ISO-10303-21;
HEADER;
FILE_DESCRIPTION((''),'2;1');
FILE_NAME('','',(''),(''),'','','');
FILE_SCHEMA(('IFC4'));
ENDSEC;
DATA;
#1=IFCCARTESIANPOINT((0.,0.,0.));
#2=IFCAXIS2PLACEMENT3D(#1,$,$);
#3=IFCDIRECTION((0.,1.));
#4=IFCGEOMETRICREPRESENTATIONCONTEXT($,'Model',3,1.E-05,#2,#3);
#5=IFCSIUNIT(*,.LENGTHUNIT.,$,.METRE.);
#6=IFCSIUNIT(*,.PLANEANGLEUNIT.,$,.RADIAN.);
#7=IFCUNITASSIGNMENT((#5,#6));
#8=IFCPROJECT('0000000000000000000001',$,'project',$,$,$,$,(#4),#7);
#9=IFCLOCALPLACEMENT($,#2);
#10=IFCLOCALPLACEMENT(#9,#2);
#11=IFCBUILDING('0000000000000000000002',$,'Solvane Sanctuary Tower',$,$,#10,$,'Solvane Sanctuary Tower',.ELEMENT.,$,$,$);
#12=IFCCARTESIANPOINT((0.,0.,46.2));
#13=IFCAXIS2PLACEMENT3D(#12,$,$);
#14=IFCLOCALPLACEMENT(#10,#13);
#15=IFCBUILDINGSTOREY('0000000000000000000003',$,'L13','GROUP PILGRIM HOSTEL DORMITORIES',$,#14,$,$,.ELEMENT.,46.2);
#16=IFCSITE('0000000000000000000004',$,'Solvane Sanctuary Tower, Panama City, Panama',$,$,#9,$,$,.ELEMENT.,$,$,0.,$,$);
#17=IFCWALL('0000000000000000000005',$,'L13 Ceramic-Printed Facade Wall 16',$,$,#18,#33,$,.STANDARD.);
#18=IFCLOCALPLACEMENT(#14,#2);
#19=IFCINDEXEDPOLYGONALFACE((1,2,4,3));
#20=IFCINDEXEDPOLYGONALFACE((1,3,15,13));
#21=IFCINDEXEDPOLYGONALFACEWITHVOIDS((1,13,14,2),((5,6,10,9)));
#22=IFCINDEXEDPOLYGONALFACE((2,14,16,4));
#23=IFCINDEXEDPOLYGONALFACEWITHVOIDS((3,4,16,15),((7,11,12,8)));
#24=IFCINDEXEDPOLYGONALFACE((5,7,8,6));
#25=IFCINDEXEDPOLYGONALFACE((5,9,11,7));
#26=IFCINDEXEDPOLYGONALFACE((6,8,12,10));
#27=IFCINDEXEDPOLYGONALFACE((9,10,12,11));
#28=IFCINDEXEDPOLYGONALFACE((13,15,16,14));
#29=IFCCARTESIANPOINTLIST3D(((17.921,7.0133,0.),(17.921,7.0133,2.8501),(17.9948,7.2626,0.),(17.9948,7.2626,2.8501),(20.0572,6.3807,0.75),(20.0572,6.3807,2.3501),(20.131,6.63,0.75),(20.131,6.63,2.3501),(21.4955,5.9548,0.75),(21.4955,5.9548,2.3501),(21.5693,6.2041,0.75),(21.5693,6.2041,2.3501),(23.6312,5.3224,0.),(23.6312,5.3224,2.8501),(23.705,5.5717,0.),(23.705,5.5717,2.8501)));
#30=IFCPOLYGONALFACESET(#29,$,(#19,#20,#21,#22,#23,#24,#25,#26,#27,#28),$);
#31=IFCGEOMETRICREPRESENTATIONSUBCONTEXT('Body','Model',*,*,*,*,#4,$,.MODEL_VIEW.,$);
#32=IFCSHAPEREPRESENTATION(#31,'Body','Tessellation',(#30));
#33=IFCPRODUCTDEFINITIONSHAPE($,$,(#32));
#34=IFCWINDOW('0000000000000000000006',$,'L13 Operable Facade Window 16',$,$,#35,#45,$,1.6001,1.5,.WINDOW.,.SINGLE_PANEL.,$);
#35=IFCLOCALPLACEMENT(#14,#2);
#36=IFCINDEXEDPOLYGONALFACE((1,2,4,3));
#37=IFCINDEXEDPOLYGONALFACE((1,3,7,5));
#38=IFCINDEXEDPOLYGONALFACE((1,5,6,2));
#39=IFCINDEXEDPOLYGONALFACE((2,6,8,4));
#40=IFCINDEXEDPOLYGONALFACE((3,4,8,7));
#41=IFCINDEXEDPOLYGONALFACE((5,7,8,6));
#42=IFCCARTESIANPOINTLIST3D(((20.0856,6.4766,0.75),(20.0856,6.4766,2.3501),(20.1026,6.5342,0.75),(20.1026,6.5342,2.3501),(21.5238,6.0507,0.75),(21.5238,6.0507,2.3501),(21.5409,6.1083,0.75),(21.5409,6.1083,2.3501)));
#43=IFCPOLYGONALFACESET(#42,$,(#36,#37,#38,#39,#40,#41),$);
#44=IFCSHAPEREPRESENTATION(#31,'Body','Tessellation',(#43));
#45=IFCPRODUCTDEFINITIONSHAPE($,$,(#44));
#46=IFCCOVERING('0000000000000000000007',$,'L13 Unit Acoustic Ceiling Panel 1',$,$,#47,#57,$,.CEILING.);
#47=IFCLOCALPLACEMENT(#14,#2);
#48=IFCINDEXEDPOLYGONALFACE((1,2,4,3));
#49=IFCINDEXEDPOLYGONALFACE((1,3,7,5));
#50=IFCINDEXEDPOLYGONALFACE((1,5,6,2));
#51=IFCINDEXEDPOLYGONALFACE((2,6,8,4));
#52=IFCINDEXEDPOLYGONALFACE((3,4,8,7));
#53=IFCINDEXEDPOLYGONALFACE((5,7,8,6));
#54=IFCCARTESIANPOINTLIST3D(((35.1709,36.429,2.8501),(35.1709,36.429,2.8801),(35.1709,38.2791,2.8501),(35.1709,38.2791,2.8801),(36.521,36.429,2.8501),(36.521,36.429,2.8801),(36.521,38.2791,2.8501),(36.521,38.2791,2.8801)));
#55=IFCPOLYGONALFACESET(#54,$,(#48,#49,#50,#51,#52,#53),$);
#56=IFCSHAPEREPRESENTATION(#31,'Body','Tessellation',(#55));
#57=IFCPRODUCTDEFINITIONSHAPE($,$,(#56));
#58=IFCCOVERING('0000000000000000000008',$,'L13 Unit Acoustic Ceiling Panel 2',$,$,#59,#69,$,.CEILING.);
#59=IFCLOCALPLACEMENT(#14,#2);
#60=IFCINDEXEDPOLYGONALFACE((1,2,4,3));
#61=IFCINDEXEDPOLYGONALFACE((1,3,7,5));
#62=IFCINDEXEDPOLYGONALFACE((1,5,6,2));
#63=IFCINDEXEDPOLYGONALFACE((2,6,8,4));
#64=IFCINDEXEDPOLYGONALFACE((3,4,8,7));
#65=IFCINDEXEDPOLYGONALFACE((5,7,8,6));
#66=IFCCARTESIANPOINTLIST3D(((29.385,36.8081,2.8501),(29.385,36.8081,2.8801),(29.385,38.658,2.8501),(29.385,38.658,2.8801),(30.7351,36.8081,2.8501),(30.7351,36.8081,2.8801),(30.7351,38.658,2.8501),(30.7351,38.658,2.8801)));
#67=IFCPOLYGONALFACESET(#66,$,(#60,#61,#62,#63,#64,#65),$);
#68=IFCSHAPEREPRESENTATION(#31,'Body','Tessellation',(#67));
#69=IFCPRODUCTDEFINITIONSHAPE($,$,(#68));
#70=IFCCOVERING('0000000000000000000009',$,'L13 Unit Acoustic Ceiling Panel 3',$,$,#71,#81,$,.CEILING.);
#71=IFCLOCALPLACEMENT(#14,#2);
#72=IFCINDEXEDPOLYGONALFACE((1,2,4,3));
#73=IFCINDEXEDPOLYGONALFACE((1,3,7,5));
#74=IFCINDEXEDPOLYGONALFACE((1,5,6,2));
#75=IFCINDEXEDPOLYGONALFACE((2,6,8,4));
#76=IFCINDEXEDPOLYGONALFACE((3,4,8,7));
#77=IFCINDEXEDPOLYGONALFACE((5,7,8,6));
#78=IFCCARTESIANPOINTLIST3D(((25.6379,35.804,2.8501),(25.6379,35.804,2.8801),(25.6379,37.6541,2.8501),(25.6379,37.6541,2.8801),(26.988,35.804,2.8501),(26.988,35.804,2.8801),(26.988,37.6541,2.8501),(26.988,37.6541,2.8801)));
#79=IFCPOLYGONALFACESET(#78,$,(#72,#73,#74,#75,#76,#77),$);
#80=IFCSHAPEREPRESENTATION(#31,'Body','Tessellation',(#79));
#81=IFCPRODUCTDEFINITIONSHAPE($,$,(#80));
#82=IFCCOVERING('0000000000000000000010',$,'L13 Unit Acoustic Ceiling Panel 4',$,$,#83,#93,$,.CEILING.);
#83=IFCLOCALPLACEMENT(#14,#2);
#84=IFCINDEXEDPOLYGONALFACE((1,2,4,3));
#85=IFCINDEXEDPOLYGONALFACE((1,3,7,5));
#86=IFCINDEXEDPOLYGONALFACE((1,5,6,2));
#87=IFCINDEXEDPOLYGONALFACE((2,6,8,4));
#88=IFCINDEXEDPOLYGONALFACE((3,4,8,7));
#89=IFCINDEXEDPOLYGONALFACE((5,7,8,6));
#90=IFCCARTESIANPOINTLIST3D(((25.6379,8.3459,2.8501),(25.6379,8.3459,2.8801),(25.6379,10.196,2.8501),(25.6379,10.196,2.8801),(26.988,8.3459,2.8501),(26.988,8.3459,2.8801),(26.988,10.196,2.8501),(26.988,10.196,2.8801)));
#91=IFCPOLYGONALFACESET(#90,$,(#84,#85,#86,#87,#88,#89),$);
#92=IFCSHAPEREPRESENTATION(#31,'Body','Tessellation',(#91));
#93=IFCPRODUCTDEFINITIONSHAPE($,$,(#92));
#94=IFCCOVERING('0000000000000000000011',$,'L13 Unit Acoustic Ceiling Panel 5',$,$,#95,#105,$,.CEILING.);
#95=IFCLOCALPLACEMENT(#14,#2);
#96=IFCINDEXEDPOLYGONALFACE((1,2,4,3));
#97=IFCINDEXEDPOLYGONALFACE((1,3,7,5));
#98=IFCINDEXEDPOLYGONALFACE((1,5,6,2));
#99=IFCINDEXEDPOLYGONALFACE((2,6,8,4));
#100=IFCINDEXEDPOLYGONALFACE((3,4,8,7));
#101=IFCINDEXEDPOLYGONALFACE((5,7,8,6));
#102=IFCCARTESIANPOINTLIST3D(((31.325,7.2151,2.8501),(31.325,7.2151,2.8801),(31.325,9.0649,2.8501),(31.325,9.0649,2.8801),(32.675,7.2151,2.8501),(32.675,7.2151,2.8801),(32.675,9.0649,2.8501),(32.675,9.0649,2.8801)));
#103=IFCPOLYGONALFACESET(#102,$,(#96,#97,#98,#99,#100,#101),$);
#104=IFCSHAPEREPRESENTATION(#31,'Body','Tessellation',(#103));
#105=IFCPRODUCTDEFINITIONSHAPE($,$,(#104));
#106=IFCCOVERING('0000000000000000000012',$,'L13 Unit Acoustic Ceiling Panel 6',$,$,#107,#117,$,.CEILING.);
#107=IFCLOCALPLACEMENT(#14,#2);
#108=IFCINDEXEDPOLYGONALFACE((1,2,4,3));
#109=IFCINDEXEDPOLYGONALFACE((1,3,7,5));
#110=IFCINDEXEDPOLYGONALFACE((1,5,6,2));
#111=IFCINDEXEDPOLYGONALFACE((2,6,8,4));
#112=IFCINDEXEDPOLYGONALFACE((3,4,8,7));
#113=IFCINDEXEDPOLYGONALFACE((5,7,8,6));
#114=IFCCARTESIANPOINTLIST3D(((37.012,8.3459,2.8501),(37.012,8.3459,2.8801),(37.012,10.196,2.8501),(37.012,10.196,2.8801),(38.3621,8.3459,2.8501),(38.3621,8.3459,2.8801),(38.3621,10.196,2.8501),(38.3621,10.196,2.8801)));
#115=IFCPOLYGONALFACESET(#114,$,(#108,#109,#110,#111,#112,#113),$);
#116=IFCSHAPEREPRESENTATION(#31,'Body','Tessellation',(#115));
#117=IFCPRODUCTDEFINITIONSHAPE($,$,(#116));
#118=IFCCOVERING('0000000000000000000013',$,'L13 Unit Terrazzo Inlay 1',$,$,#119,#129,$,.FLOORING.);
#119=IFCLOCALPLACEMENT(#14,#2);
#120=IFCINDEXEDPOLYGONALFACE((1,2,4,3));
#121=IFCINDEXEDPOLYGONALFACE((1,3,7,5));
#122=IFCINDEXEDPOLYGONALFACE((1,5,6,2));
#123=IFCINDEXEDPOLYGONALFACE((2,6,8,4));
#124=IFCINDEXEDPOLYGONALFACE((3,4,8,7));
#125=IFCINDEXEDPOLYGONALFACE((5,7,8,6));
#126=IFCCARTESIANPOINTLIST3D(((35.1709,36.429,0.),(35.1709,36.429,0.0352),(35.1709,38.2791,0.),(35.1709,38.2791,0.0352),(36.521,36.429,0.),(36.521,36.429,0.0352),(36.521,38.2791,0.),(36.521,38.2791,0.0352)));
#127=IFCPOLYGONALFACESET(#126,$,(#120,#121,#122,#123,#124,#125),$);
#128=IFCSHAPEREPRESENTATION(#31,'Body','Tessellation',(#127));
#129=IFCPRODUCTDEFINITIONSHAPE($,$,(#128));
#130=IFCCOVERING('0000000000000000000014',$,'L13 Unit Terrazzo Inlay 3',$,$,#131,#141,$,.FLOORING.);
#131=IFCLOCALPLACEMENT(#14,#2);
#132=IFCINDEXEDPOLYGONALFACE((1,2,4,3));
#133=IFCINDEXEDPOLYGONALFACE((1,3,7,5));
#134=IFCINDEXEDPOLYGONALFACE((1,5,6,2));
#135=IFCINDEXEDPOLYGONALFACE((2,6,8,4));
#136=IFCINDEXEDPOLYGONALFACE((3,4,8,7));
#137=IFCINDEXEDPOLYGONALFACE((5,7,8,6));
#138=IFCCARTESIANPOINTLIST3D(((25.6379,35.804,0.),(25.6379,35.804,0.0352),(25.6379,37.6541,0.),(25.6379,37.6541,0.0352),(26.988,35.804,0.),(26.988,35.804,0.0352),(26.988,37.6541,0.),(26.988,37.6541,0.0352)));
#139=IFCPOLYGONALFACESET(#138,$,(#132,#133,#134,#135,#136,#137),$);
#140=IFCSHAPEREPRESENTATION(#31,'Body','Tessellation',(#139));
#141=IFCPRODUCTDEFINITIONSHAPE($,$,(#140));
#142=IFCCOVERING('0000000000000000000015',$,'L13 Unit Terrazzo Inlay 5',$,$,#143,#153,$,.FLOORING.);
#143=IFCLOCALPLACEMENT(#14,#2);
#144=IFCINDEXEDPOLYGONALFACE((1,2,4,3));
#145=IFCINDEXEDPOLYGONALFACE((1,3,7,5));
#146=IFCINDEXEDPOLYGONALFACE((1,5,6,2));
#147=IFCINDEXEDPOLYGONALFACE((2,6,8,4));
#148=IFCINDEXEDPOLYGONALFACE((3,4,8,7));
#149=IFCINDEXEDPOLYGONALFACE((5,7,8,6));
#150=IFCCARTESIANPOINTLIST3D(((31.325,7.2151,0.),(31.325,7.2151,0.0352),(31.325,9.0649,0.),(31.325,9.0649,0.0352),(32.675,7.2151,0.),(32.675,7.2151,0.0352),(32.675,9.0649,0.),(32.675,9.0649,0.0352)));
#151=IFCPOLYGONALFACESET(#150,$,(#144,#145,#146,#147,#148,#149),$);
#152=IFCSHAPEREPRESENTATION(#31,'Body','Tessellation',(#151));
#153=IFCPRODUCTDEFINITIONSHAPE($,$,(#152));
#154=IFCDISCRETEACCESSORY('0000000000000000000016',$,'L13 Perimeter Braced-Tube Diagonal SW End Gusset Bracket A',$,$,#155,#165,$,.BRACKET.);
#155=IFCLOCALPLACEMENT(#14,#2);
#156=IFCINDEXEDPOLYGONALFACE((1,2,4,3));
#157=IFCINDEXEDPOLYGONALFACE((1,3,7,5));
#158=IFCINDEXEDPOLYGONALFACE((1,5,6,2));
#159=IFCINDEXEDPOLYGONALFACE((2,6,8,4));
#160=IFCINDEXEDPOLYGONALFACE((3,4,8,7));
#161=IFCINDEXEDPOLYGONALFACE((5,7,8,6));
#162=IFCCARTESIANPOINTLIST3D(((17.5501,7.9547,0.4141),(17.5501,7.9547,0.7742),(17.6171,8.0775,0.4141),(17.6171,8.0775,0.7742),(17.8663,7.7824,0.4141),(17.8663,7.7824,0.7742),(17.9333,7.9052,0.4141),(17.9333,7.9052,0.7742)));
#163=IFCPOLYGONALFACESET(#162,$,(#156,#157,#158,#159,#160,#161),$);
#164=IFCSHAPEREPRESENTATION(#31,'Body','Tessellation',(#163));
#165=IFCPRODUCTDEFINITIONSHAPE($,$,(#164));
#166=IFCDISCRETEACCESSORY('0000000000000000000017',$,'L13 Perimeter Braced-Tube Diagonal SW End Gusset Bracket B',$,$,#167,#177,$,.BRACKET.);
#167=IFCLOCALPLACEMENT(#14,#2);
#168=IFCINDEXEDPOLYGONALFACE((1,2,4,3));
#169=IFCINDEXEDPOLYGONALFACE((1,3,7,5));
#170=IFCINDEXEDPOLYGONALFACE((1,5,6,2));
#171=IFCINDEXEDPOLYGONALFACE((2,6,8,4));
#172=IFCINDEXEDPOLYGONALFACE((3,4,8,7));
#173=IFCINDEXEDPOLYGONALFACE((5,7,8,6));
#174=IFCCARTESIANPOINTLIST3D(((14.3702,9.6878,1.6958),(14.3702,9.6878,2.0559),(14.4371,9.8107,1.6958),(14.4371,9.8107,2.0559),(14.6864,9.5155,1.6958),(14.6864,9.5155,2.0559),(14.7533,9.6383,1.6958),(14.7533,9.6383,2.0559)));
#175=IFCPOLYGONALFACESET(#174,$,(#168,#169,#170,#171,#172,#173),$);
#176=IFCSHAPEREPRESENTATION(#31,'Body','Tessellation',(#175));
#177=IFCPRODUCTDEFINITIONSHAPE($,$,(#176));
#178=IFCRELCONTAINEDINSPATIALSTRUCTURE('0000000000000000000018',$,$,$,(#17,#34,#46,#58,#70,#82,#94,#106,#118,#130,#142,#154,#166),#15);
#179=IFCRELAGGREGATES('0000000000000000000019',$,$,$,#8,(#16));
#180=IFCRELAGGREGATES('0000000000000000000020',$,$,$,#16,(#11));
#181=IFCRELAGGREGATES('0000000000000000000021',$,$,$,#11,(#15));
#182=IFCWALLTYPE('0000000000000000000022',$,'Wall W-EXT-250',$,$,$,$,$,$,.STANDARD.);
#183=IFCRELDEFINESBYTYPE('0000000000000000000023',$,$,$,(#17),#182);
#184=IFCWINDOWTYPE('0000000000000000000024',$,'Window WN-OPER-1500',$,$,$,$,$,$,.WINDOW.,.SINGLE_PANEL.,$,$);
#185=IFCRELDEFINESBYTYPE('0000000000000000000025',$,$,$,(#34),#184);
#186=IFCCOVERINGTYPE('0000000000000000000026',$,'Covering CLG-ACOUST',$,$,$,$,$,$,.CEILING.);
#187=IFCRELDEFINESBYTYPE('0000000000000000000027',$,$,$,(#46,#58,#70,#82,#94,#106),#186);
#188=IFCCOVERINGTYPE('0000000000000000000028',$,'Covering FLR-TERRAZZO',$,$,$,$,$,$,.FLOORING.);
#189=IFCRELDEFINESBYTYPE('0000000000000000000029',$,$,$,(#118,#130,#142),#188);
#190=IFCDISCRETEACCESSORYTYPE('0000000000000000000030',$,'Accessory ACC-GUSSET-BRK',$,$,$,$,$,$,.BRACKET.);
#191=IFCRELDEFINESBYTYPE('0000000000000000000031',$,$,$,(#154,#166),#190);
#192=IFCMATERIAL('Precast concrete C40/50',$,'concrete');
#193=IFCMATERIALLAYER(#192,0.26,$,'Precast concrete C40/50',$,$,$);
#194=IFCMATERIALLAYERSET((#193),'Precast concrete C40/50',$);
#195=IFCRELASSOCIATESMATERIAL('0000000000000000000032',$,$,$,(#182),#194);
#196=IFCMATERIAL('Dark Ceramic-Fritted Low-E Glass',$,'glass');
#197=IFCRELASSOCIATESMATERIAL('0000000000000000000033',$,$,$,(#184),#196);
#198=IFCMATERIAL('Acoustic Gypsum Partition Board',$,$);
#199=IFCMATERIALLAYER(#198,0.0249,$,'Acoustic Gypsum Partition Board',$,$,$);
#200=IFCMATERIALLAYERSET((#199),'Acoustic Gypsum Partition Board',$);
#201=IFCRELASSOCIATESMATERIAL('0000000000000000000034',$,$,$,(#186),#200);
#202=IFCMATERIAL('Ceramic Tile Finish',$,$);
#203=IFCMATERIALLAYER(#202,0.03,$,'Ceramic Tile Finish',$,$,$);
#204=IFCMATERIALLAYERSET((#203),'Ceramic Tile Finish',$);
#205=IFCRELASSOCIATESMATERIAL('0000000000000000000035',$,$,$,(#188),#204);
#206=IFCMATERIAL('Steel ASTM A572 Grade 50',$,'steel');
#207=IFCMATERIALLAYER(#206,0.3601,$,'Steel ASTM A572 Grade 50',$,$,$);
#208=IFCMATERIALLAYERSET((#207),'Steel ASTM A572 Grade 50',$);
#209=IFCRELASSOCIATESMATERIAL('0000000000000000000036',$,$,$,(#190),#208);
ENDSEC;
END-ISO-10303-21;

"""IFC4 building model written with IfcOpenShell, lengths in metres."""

from ifc_helpers import new_model, si_unit, direction, frame, frame_2d, origin, origin_2d, place, context, subcontext, project, spatial, polyline, rectangle, outline, extrude, material, layer, layer_set, type_object, element, fill, save


model = new_model("IFC4")

# Units and contexts
model_context = context("Model", 3, precision=1e-05, world=origin(), true_north=direction((0.0, 1.0)))
body_context = subcontext(model_context, "Body", "Model", "MODEL_VIEW")
ifc_project = project(units=[si_unit("LENGTHUNIT", "METRE"), si_unit("PLANEANGLEUNIT", "RADIAN")], contexts=[model_context])

# Site, building, storey
site_placement = place(None, origin())
site = spatial("IfcSite", under=ifc_project, at=site_placement, Name="Solvane Sanctuary Tower, Panama City, Panama", CompositionType="ELEMENT", RefElevation=0.0)
building_placement = place(site_placement, origin())
building = spatial("IfcBuilding", under=site, at=building_placement, Name="Solvane Sanctuary Tower", LongName="Solvane Sanctuary Tower", CompositionType="ELEMENT")
storey_placement = place(building_placement, frame((0.0, 0.0, 46.2)))
storey = spatial("IfcBuildingStorey", under=building, at=storey_placement, Name="L13", Description="GROUP PILGRIM HOSTEL DORMITORIES", CompositionType="ELEMENT", Elevation=46.2)

# Shared definitions
ifc_material_1 = material(Name="Precast concrete C40/50", Category="concrete")
ifc_layer_1 = layer(ifc_material_1, 0.26, Name="Precast concrete C40/50")
ifc_layer_set_1 = layer_set([ifc_layer_1], Name="Precast concrete C40/50")
wall_type = type_object("IfcWallType", Name="Wall W-EXT-250", PredefinedType="STANDARD", material=ifc_layer_set_1)

# Wall, opening, window
wall_1_placement = place(storey_placement, frame((17.958, 7.1379, 0.0), z_axis=(0.0, 0.0, 1.0), x_axis=(0.958844, -0.283935, 0.0)))
wall_1 = element("IfcWall", 1, at=wall_1_placement, inside=storey, type_object=wall_type, Name="L13 Ceramic-Printed Facade Wall 16", PredefinedType="STANDARD", context=body_context, shape_type="SweptSolid", body=[
    extrude(rectangle(XDim=5.9553, YDim=0.26, at=frame_2d((2.9775, 0.0))), origin(), (0.0, 0.0, 1.0), 2.8501),
])
opening_placement = place(wall_1_placement, frame((2.2278, 0.0, 0.75)))
opening = element("IfcOpeningElement", 2, at=opening_placement, cuts=wall_1, PredefinedType="OPENING", context=body_context, shape_type="SweptSolid", body=[
    extrude(rectangle(XDim=1.5, YDim=1.6001, at=frame_2d((0.75, 0.8))), frame((0.0, 0.1399, 0.0), z_axis=(0.0, -1.0, 0.0), x_axis=(1.0, 0.0, 0.0)), (0.0, 0.0, 1.0), 0.28),
])
ifc_material_2 = material(Name="Dark Ceramic-Fritted Low-E Glass", Category="glass")
window_type = type_object("IfcWindowType", Name="Window WN-OPER-1500", PartitioningType="SINGLE_PANEL", PredefinedType="WINDOW", material=ifc_material_2)
window_placement = place(opening_placement, origin())
window = element("IfcWindow", 3, at=window_placement, inside=storey, type_object=window_type, Name="L13 Operable Facade Window 16", OverallHeight=1.6001, OverallWidth=1.5, PartitioningType="SINGLE_PANEL", PredefinedType="WINDOW", context=body_context, shape_type="SweptSolid", body=[
    extrude(rectangle(XDim=1.5, YDim=1.6001, at=frame_2d((0.75, 0.8))), frame((0.0, 0.03, 0.0), z_axis=(0.0, -1.0, 0.0), x_axis=(1.0, 0.0, 0.0)), (0.0, 0.0, 1.0), 0.0601),
])
fill(opening, window)

# Coverings
ifc_material_3 = material(Name="Acoustic Gypsum Partition Board")
ifc_layer_2 = layer(ifc_material_3, 0.0249, Name="Acoustic Gypsum Partition Board")
ifc_layer_set_2 = layer_set([ifc_layer_2], Name="Acoustic Gypsum Partition Board")
covering_type_1 = type_object("IfcCoveringType", Name="Covering CLG-ACOUST", PredefinedType="CEILING", material=ifc_layer_set_2)
covering_1_placement = place(storey_placement, frame((0.0, 0.0, 2.8501)))
element("IfcCovering", 4, at=covering_1_placement, inside=storey, type_object=covering_type_1, Name="L13 Unit Acoustic Ceiling Panel 1", PredefinedType="CEILING", context=body_context, shape_type="SweptSolid", body=[
    extrude(outline(polyline([(35.1709, 36.429), (36.521, 36.429), (36.521, 38.2791), (35.1709, 38.2791), (35.1709, 36.429)])), origin(), (0.0, 0.0, 1.0), 0.03),
])
covering_2_placement = place(storey_placement, frame((0.0, 0.0, 2.8501)))
element("IfcCovering", 5, at=covering_2_placement, inside=storey, type_object=covering_type_1, Name="L13 Unit Acoustic Ceiling Panel 2", PredefinedType="CEILING", context=body_context, shape_type="SweptSolid", body=[
    extrude(outline(polyline([(29.385, 36.8081), (30.7351, 36.8081), (30.7351, 38.658), (29.385, 38.658), (29.385, 36.8081)])), origin(), (0.0, 0.0, 1.0), 0.03),
])
covering_3_placement = place(storey_placement, frame((0.0, 0.0, 2.8501)))
element("IfcCovering", 6, at=covering_3_placement, inside=storey, type_object=covering_type_1, Name="L13 Unit Acoustic Ceiling Panel 3", PredefinedType="CEILING", context=body_context, shape_type="SweptSolid", body=[
    extrude(outline(polyline([(25.6379, 35.804), (26.988, 35.804), (26.988, 37.6541), (25.6379, 37.6541), (25.6379, 35.804)])), origin(), (0.0, 0.0, 1.0), 0.03),
])
covering_4_placement = place(storey_placement, frame((0.0, 0.0, 2.8501)))
element("IfcCovering", 7, at=covering_4_placement, inside=storey, type_object=covering_type_1, Name="L13 Unit Acoustic Ceiling Panel 4", PredefinedType="CEILING", context=body_context, shape_type="SweptSolid", body=[
    extrude(outline(polyline([(25.6379, 8.3459), (26.988, 8.3459), (26.988, 10.196), (25.6379, 10.196), (25.6379, 8.3459)])), origin(), (0.0, 0.0, 1.0), 0.03),
])
covering_5_placement = place(storey_placement, frame((0.0, 0.0, 2.8501)))
element("IfcCovering", 8, at=covering_5_placement, inside=storey, type_object=covering_type_1, Name="L13 Unit Acoustic Ceiling Panel 5", PredefinedType="CEILING", context=body_context, shape_type="SweptSolid", body=[
    extrude(outline(polyline([(31.325, 7.2151), (32.675, 7.2151), (32.675, 9.0649), (31.325, 9.0649), (31.325, 7.2151)])), origin(), (0.0, 0.0, 1.0), 0.03),
])
covering_6_placement = place(storey_placement, frame((0.0, 0.0, 2.8501)))
element("IfcCovering", 9, at=covering_6_placement, inside=storey, type_object=covering_type_1, Name="L13 Unit Acoustic Ceiling Panel 6", PredefinedType="CEILING", context=body_context, shape_type="SweptSolid", body=[
    extrude(outline(polyline([(37.012, 8.3459), (38.3621, 8.3459), (38.3621, 10.196), (37.012, 10.196), (37.012, 8.3459)])), origin(), (0.0, 0.0, 1.0), 0.03),
])
ifc_material_4 = material(Name="Ceramic Tile Finish")
ifc_layer_3 = layer(ifc_material_4, 0.03, Name="Ceramic Tile Finish")
ifc_layer_set_3 = layer_set([ifc_layer_3], Name="Ceramic Tile Finish")
covering_type_2 = type_object("IfcCoveringType", Name="Covering FLR-TERRAZZO", PredefinedType="FLOORING", material=ifc_layer_set_3)
covering_7_placement = place(storey_placement, origin())
element("IfcCovering", 10, at=covering_7_placement, inside=storey, type_object=covering_type_2, Name="L13 Unit Terrazzo Inlay 1", PredefinedType="FLOORING", context=body_context, shape_type="SweptSolid", body=[
    extrude(outline(polyline([(35.1709, 36.429), (36.521, 36.429), (36.521, 38.2791), (35.1709, 38.2791), (35.1709, 36.429)])), origin(), (0.0, 0.0, 1.0), 0.0352),
])
covering_8_placement = place(storey_placement, origin())
element("IfcCovering", 11, at=covering_8_placement, inside=storey, type_object=covering_type_2, Name="L13 Unit Terrazzo Inlay 3", PredefinedType="FLOORING", context=body_context, shape_type="SweptSolid", body=[
    extrude(outline(polyline([(25.6379, 35.804), (26.988, 35.804), (26.988, 37.6541), (25.6379, 37.6541), (25.6379, 35.804)])), origin(), (0.0, 0.0, 1.0), 0.0352),
])
covering_9_placement = place(storey_placement, origin())
element("IfcCovering", 12, at=covering_9_placement, inside=storey, type_object=covering_type_2, Name="L13 Unit Terrazzo Inlay 5", PredefinedType="FLOORING", context=body_context, shape_type="SweptSolid", body=[
    extrude(outline(polyline([(31.325, 7.2151), (32.675, 7.2151), (32.675, 9.0649), (31.325, 9.0649), (31.325, 7.2151)])), origin(), (0.0, 0.0, 1.0), 0.0352),
])

# Discrete accessories
ifc_material_5 = material(Name="Steel ASTM A572 Grade 50", Category="steel")
ifc_layer_4 = layer(ifc_material_5, 0.3601, Name="Steel ASTM A572 Grade 50")
ifc_layer_set_4 = layer_set([ifc_layer_4], Name="Steel ASTM A572 Grade 50")
discrete_accessory_type = type_object("IfcDiscreteAccessoryType", Name="Accessory ACC-GUSSET-BRK", PredefinedType="BRACKET", material=ifc_layer_set_4)
for number, where, z_axis, x_axis, name in (
    (13, (17.7417, 7.9299, 0.4141), (0.0, 0.0, 1.0), (-0.878067, 0.478539, 0.0), "L13 Perimeter Braced-Tube Diagonal SW End Gusset Bracket A"),
    (14, (14.5618, 9.6631, 1.6958), (0.0, 0.0, 1.0), (-0.878067, 0.478539, 0.0), "L13 Perimeter Braced-Tube Diagonal SW End Gusset Bracket B"),
):
    element("IfcDiscreteAccessory", number, at=place(storey_placement, frame(where, z_axis=z_axis, x_axis=x_axis)), inside=storey, type_object=discrete_accessory_type, Name=name, PredefinedType="BRACKET", context=body_context, shape_type="SweptSolid", body=[
        extrude(rectangle(XDim=0.3601, YDim=0.1399, at=origin_2d()), origin(), (0.0, 0.0, 1.0), 0.3601),
    ])

save(model, "model.ifc")
